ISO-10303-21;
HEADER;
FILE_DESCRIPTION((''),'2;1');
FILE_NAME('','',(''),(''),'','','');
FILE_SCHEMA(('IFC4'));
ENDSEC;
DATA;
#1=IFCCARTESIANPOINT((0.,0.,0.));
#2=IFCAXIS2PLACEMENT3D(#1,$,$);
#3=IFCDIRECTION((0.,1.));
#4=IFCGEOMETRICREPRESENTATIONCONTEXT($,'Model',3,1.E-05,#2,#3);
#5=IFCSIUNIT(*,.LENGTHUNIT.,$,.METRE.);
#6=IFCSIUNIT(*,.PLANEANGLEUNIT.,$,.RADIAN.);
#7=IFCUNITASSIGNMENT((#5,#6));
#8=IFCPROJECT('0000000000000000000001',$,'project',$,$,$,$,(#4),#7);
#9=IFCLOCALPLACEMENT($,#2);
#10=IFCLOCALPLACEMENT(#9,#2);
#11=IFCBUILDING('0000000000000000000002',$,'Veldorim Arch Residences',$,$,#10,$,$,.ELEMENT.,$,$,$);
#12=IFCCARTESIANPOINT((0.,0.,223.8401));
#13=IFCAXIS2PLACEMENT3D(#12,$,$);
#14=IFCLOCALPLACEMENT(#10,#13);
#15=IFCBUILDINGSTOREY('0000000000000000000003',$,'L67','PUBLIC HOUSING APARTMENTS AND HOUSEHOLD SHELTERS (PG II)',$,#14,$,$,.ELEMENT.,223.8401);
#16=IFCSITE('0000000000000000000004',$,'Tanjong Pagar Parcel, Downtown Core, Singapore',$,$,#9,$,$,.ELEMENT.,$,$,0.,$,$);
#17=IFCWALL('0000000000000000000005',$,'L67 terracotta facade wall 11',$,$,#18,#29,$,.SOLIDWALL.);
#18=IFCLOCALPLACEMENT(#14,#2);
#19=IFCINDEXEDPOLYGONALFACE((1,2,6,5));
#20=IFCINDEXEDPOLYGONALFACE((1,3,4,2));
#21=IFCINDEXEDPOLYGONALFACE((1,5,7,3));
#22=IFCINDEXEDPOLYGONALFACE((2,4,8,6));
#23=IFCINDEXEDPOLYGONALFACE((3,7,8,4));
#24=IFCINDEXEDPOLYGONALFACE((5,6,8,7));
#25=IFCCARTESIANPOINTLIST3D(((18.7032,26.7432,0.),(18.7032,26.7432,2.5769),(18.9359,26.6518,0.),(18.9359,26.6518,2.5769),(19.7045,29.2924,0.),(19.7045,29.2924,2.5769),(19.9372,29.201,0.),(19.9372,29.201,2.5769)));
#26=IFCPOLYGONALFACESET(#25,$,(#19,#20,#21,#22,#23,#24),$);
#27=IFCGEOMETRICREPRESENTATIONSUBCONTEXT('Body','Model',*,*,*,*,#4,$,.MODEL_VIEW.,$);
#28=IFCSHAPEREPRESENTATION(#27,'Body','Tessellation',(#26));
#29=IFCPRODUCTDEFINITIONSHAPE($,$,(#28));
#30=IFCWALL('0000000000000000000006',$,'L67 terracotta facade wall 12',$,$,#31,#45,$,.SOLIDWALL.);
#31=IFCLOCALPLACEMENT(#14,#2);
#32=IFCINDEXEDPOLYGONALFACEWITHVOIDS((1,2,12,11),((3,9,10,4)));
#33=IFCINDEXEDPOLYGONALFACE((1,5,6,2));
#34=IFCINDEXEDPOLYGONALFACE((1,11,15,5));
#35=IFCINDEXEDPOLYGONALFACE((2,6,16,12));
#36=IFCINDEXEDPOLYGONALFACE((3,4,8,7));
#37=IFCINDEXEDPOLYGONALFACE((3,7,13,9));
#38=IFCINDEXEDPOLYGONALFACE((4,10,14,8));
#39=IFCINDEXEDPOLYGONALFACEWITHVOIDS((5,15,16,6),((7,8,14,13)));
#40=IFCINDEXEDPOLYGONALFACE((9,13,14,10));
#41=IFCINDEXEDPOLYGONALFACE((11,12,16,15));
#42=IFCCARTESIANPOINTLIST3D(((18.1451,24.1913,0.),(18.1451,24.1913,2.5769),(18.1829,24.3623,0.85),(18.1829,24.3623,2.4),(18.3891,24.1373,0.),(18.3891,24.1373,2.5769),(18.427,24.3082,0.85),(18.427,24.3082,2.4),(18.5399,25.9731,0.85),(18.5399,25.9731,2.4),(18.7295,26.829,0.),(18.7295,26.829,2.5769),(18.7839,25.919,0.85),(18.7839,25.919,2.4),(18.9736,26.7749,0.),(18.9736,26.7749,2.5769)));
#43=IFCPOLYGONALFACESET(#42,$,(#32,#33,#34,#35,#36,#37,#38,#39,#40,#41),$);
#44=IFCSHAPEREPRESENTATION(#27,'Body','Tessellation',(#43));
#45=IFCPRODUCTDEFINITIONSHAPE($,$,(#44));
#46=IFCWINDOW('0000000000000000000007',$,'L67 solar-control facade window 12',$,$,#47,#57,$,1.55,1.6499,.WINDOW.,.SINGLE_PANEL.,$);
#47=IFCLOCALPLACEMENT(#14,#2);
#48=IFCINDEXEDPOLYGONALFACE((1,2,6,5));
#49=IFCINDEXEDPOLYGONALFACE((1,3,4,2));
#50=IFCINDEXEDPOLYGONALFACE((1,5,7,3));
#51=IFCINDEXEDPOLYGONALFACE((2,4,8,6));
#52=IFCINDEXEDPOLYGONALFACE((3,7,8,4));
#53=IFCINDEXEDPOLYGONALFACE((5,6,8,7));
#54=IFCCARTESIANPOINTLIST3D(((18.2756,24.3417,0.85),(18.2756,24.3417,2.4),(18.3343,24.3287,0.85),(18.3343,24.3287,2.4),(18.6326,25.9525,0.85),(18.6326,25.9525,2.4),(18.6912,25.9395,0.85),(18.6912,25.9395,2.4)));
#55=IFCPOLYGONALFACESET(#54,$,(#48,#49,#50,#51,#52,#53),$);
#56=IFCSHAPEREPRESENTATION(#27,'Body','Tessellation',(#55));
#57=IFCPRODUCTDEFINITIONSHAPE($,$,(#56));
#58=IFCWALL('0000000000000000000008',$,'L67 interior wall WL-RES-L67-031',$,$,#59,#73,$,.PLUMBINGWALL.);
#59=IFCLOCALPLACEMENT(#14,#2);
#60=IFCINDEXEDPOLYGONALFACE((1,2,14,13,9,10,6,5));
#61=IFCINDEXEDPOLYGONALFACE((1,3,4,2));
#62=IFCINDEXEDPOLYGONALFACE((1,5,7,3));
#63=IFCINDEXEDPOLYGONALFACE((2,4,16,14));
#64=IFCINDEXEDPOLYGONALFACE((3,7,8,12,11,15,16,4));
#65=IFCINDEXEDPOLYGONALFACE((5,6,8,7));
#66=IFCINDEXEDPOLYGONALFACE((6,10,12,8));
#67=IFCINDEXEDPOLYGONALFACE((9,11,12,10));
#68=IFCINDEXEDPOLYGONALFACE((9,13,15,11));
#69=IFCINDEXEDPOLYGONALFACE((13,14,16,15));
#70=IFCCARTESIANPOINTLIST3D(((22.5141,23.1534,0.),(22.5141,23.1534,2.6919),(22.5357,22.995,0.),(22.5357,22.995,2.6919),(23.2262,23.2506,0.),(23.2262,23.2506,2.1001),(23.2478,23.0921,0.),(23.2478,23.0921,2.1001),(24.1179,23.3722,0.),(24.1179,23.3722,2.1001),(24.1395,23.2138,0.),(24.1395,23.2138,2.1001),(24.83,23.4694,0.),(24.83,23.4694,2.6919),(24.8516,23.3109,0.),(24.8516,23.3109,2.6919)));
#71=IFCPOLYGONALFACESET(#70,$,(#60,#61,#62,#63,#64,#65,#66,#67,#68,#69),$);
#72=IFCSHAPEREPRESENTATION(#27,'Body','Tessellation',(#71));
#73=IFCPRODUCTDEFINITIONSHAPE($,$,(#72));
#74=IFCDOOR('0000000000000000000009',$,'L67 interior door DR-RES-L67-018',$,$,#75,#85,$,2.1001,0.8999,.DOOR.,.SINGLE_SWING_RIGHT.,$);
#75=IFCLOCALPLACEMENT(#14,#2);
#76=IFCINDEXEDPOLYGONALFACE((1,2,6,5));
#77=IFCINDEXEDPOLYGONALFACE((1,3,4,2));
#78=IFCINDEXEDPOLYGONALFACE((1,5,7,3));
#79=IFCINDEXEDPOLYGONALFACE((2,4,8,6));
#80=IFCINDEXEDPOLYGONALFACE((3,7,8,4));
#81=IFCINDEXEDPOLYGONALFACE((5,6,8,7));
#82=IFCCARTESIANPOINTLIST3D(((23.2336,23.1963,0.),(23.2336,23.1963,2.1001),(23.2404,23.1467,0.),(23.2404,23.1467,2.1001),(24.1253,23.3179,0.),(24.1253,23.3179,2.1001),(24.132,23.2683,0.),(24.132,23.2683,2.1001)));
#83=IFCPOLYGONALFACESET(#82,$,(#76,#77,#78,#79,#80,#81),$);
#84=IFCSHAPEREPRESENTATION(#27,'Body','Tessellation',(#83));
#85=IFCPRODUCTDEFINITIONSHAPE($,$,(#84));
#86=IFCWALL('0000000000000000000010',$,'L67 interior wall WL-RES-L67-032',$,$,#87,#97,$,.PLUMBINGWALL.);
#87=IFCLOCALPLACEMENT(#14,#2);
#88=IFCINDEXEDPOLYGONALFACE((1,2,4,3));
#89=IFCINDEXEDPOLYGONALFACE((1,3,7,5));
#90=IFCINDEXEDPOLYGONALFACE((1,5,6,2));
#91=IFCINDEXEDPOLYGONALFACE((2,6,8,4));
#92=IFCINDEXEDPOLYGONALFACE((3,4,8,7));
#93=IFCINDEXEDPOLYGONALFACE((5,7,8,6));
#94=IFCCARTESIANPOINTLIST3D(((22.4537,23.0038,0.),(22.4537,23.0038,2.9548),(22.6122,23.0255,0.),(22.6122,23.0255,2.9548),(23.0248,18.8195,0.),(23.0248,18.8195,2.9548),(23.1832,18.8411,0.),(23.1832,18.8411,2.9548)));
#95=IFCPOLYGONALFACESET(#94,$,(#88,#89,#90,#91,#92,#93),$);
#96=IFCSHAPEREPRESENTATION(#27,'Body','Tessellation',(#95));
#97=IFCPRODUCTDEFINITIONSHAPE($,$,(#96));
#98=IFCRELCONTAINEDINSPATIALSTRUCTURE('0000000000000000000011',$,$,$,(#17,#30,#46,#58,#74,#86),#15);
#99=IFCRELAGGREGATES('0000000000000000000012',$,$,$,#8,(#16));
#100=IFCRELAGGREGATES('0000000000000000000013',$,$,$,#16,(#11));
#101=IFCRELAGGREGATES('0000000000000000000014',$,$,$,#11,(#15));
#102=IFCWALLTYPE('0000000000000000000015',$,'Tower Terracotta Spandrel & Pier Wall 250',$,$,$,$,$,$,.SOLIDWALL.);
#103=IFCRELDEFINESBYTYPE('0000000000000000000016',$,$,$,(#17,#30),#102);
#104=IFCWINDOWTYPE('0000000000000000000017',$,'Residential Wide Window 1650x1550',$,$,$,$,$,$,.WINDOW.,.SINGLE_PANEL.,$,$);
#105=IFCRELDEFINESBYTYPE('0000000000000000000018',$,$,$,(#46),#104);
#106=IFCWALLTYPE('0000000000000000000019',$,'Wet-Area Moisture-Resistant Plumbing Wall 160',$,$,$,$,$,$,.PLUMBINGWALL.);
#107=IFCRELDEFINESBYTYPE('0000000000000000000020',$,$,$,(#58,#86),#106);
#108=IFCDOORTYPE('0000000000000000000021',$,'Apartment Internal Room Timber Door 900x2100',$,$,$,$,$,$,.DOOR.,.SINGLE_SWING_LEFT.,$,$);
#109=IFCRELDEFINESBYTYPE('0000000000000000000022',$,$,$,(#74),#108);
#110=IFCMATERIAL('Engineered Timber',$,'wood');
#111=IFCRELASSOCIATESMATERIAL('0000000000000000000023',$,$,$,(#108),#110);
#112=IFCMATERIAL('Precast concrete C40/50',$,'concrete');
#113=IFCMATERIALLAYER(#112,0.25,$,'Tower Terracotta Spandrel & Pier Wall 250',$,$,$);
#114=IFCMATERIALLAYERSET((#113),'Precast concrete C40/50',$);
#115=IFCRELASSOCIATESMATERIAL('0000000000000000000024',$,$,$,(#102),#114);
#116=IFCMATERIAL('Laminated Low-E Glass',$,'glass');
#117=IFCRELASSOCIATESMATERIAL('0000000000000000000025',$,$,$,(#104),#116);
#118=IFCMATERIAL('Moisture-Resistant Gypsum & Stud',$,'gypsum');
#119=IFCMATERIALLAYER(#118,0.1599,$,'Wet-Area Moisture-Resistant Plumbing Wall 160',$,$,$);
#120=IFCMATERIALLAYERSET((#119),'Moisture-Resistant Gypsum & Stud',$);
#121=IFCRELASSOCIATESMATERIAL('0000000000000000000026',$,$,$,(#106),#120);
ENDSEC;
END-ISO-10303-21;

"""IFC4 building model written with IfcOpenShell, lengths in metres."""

from ifc_helpers import new_model, si_unit, direction, frame, frame_2d, origin, place, context, subcontext, project, spatial, rectangle, extrude, material, layer, layer_set, type_object, element, fill, save


model = new_model("IFC4")

# Units and contexts
model_context = context("Model", 3, precision=1e-05, world=origin(), true_north=direction((0.0, 1.0)))
body_context = subcontext(model_context, "Body", "Model", "MODEL_VIEW")
ifc_project = project(units=[si_unit("LENGTHUNIT", "METRE"), si_unit("PLANEANGLEUNIT", "RADIAN")], contexts=[model_context])

# Site, building, storey
site_placement = place(None, origin())
site = spatial("IfcSite", under=ifc_project, at=site_placement, Name="Tanjong Pagar Parcel, Downtown Core, Singapore", CompositionType="ELEMENT", RefElevation=0.0)
building_placement = place(site_placement, origin())
building = spatial("IfcBuilding", under=site, at=building_placement, Name="Veldorim Arch Residences", CompositionType="ELEMENT")
storey_placement = place(building_placement, frame((0.0, 0.0, 223.8401)))
storey = spatial("IfcBuildingStorey", under=building, at=storey_placement, Name="L67", Description="PUBLIC HOUSING APARTMENTS AND HOUSEHOLD SHELTERS (PG II)", CompositionType="ELEMENT", Elevation=223.8401)

# Shared definitions
ifc_material_1 = material(Name="Engineered Timber", Category="wood")
door_type_1 = type_object("IfcDoorType", Name="Apartment Internal Room Timber Door 900x2100", OperationType="SINGLE_SWING_LEFT", PredefinedType="DOOR", material=ifc_material_1)

# Wall
ifc_material_2 = material(Name="Precast concrete C40/50", Category="concrete")
ifc_layer_1 = layer(ifc_material_2, 0.25, Name="Tower Terracotta Spandrel & Pier Wall 250")
ifc_layer_set_1 = layer_set([ifc_layer_1], Name="Precast concrete C40/50")
wall_type_1 = type_object("IfcWallType", Name="Tower Terracotta Spandrel & Pier Wall 250", PredefinedType="SOLIDWALL", material=ifc_layer_set_1)
wall_1_placement = place(storey_placement, frame((18.8196, 26.6975, 0.0), z_axis=(0.0, 0.0, 1.0), x_axis=(0.365589, 0.930776, 0.0)))
element("IfcWall", 1, at=wall_1_placement, inside=storey, type_object=wall_type_1, Name="L67 terracotta facade wall 11", PredefinedType="SOLIDWALL", context=body_context, shape_type="SweptSolid", body=[
    extrude(rectangle(XDim=2.7388, YDim=0.25, at=frame_2d((1.3694, 0.0))), origin(), (0.0, 0.0, 1.0), 2.5769),
])

# Wall, opening, window
wall_2_placement = place(storey_placement, frame((18.2671, 24.1643, 0.0), z_axis=(0.0, 0.0, 1.0), x_axis=(0.216337, 0.976319, 0.0)))
wall_2 = element("IfcWall", 2, at=wall_2_placement, inside=storey, type_object=wall_type_1, Name="L67 terracotta facade wall 12", PredefinedType="SOLIDWALL", context=body_context, shape_type="SweptSolid", body=[
    extrude(rectangle(XDim=2.7017, YDim=0.25, at=frame_2d((1.3508, 0.0))), origin(), (0.0, 0.0, 1.0), 2.5769),
])
opening_1_placement = place(wall_2_placement, frame((0.175, 0.0, 0.8501)))
opening_1 = element("IfcOpeningElement", 3, at=opening_1_placement, cuts=wall_2, PredefinedType="OPENING", context=body_context, shape_type="SweptSolid", body=[
    extrude(rectangle(XDim=1.6499, YDim=1.55, at=frame_2d((0.825, 0.7749))), frame((0.0, 0.135, 0.0), z_axis=(0.0, -1.0, 0.0), x_axis=(1.0, 0.0, 0.0)), (0.0, 0.0, 1.0), 0.27),
])
ifc_material_3 = material(Name="Laminated Low-E Glass", Category="glass")
window_type = type_object("IfcWindowType", Name="Residential Wide Window 1650x1550", PartitioningType="SINGLE_PANEL", PredefinedType="WINDOW", material=ifc_material_3)
window_placement = place(opening_1_placement, origin())
window = element("IfcWindow", 4, at=window_placement, inside=storey, type_object=window_type, Name="L67 solar-control facade window 12", OverallHeight=1.55, OverallWidth=1.6499, PartitioningType="SINGLE_PANEL", PredefinedType="WINDOW", context=body_context, shape_type="SweptSolid", body=[
    extrude(rectangle(XDim=1.6499, YDim=1.55, at=frame_2d((0.825, 0.7749))), frame((0.0, 0.03, 0.0), z_axis=(0.0, -1.0, 0.0), x_axis=(1.0, 0.0, 0.0)), (0.0, 0.0, 1.0), 0.0601),
])
fill(opening_1, window)

# Wall, opening, door
ifc_material_4 = material(Name="Moisture-Resistant Gypsum & Stud", Category="gypsum")
ifc_layer_2 = layer(ifc_material_4, 0.1599, Name="Wet-Area Moisture-Resistant Plumbing Wall 160")
ifc_layer_set_2 = layer_set([ifc_layer_2], Name="Moisture-Resistant Gypsum & Stud")
wall_type_2 = type_object("IfcWallType", Name="Wet-Area Moisture-Resistant Plumbing Wall 160", PredefinedType="PLUMBINGWALL", material=ifc_layer_set_2)
wall_3_placement = place(storey_placement, frame((24.8408, 23.3901, 0.0), z_axis=(0.0, 0.0, 1.0), x_axis=(-0.990824, -0.13516, 0.0)))
wall_3 = element("IfcWall", 5, at=wall_3_placement, inside=storey, type_object=wall_type_2, Name="L67 interior wall WL-RES-L67-031", PredefinedType="PLUMBINGWALL", context=body_context, shape_type="SweptSolid", body=[
    extrude(rectangle(XDim=2.3374, YDim=0.1599, at=frame_2d((1.1687, 0.0))), origin(), (0.0, 0.0, 1.0), 2.6919),
])
opening_2_placement = place(wall_3_placement, frame((0.7188, 0.0, 0.0)))
opening_2 = element("IfcOpeningElement", 6, at=opening_2_placement, cuts=wall_3, PredefinedType="OPENING", context=body_context, shape_type="SweptSolid", body=[
    extrude(rectangle(XDim=0.8999, YDim=2.1001, at=frame_2d((0.45, 1.05))), frame((0.0, 0.0898, 0.0), z_axis=(0.0, -1.0, 0.0), x_axis=(1.0, 0.0, 0.0)), (0.0, 0.0, 1.0), 0.1799),
])
door_1_placement = place(opening_2_placement, origin())
door_1 = element("IfcDoor", 7, at=door_1_placement, inside=storey, type_object=door_type_1, Name="L67 interior door DR-RES-L67-018", OperationType="SINGLE_SWING_RIGHT", OverallHeight=2.1001, OverallWidth=0.8999, PredefinedType="DOOR", context=body_context, shape_type="SweptSolid", body=[
    extrude(rectangle(XDim=0.8999, YDim=2.1001, at=frame_2d((0.45, 1.05))), frame((0.0, 0.0249, 0.0), z_axis=(0.0, -1.0, 0.0), x_axis=(1.0, 0.0, 0.0)), (0.0, 0.0, 1.0), 0.05),
])
fill(opening_2, door_1)

# Wall
wall_4_placement = place(storey_placement, frame((22.533, 23.0146, 0.0), z_axis=(0.0, 0.0, 1.0), x_axis=(0.135219, -0.990816, 0.0)))
element("IfcWall", 8, at=wall_4_placement, inside=storey, type_object=wall_type_2, Name="L67 interior wall WL-RES-L67-032", PredefinedType="PLUMBINGWALL", context=body_context, shape_type="SweptSolid", body=[
    extrude(rectangle(XDim=4.2231, YDim=0.1599, at=frame_2d((2.1116, 0.0))), origin(), (0.0, 0.0, 1.0), 2.9548),
])

save(model, "model.ifc")
